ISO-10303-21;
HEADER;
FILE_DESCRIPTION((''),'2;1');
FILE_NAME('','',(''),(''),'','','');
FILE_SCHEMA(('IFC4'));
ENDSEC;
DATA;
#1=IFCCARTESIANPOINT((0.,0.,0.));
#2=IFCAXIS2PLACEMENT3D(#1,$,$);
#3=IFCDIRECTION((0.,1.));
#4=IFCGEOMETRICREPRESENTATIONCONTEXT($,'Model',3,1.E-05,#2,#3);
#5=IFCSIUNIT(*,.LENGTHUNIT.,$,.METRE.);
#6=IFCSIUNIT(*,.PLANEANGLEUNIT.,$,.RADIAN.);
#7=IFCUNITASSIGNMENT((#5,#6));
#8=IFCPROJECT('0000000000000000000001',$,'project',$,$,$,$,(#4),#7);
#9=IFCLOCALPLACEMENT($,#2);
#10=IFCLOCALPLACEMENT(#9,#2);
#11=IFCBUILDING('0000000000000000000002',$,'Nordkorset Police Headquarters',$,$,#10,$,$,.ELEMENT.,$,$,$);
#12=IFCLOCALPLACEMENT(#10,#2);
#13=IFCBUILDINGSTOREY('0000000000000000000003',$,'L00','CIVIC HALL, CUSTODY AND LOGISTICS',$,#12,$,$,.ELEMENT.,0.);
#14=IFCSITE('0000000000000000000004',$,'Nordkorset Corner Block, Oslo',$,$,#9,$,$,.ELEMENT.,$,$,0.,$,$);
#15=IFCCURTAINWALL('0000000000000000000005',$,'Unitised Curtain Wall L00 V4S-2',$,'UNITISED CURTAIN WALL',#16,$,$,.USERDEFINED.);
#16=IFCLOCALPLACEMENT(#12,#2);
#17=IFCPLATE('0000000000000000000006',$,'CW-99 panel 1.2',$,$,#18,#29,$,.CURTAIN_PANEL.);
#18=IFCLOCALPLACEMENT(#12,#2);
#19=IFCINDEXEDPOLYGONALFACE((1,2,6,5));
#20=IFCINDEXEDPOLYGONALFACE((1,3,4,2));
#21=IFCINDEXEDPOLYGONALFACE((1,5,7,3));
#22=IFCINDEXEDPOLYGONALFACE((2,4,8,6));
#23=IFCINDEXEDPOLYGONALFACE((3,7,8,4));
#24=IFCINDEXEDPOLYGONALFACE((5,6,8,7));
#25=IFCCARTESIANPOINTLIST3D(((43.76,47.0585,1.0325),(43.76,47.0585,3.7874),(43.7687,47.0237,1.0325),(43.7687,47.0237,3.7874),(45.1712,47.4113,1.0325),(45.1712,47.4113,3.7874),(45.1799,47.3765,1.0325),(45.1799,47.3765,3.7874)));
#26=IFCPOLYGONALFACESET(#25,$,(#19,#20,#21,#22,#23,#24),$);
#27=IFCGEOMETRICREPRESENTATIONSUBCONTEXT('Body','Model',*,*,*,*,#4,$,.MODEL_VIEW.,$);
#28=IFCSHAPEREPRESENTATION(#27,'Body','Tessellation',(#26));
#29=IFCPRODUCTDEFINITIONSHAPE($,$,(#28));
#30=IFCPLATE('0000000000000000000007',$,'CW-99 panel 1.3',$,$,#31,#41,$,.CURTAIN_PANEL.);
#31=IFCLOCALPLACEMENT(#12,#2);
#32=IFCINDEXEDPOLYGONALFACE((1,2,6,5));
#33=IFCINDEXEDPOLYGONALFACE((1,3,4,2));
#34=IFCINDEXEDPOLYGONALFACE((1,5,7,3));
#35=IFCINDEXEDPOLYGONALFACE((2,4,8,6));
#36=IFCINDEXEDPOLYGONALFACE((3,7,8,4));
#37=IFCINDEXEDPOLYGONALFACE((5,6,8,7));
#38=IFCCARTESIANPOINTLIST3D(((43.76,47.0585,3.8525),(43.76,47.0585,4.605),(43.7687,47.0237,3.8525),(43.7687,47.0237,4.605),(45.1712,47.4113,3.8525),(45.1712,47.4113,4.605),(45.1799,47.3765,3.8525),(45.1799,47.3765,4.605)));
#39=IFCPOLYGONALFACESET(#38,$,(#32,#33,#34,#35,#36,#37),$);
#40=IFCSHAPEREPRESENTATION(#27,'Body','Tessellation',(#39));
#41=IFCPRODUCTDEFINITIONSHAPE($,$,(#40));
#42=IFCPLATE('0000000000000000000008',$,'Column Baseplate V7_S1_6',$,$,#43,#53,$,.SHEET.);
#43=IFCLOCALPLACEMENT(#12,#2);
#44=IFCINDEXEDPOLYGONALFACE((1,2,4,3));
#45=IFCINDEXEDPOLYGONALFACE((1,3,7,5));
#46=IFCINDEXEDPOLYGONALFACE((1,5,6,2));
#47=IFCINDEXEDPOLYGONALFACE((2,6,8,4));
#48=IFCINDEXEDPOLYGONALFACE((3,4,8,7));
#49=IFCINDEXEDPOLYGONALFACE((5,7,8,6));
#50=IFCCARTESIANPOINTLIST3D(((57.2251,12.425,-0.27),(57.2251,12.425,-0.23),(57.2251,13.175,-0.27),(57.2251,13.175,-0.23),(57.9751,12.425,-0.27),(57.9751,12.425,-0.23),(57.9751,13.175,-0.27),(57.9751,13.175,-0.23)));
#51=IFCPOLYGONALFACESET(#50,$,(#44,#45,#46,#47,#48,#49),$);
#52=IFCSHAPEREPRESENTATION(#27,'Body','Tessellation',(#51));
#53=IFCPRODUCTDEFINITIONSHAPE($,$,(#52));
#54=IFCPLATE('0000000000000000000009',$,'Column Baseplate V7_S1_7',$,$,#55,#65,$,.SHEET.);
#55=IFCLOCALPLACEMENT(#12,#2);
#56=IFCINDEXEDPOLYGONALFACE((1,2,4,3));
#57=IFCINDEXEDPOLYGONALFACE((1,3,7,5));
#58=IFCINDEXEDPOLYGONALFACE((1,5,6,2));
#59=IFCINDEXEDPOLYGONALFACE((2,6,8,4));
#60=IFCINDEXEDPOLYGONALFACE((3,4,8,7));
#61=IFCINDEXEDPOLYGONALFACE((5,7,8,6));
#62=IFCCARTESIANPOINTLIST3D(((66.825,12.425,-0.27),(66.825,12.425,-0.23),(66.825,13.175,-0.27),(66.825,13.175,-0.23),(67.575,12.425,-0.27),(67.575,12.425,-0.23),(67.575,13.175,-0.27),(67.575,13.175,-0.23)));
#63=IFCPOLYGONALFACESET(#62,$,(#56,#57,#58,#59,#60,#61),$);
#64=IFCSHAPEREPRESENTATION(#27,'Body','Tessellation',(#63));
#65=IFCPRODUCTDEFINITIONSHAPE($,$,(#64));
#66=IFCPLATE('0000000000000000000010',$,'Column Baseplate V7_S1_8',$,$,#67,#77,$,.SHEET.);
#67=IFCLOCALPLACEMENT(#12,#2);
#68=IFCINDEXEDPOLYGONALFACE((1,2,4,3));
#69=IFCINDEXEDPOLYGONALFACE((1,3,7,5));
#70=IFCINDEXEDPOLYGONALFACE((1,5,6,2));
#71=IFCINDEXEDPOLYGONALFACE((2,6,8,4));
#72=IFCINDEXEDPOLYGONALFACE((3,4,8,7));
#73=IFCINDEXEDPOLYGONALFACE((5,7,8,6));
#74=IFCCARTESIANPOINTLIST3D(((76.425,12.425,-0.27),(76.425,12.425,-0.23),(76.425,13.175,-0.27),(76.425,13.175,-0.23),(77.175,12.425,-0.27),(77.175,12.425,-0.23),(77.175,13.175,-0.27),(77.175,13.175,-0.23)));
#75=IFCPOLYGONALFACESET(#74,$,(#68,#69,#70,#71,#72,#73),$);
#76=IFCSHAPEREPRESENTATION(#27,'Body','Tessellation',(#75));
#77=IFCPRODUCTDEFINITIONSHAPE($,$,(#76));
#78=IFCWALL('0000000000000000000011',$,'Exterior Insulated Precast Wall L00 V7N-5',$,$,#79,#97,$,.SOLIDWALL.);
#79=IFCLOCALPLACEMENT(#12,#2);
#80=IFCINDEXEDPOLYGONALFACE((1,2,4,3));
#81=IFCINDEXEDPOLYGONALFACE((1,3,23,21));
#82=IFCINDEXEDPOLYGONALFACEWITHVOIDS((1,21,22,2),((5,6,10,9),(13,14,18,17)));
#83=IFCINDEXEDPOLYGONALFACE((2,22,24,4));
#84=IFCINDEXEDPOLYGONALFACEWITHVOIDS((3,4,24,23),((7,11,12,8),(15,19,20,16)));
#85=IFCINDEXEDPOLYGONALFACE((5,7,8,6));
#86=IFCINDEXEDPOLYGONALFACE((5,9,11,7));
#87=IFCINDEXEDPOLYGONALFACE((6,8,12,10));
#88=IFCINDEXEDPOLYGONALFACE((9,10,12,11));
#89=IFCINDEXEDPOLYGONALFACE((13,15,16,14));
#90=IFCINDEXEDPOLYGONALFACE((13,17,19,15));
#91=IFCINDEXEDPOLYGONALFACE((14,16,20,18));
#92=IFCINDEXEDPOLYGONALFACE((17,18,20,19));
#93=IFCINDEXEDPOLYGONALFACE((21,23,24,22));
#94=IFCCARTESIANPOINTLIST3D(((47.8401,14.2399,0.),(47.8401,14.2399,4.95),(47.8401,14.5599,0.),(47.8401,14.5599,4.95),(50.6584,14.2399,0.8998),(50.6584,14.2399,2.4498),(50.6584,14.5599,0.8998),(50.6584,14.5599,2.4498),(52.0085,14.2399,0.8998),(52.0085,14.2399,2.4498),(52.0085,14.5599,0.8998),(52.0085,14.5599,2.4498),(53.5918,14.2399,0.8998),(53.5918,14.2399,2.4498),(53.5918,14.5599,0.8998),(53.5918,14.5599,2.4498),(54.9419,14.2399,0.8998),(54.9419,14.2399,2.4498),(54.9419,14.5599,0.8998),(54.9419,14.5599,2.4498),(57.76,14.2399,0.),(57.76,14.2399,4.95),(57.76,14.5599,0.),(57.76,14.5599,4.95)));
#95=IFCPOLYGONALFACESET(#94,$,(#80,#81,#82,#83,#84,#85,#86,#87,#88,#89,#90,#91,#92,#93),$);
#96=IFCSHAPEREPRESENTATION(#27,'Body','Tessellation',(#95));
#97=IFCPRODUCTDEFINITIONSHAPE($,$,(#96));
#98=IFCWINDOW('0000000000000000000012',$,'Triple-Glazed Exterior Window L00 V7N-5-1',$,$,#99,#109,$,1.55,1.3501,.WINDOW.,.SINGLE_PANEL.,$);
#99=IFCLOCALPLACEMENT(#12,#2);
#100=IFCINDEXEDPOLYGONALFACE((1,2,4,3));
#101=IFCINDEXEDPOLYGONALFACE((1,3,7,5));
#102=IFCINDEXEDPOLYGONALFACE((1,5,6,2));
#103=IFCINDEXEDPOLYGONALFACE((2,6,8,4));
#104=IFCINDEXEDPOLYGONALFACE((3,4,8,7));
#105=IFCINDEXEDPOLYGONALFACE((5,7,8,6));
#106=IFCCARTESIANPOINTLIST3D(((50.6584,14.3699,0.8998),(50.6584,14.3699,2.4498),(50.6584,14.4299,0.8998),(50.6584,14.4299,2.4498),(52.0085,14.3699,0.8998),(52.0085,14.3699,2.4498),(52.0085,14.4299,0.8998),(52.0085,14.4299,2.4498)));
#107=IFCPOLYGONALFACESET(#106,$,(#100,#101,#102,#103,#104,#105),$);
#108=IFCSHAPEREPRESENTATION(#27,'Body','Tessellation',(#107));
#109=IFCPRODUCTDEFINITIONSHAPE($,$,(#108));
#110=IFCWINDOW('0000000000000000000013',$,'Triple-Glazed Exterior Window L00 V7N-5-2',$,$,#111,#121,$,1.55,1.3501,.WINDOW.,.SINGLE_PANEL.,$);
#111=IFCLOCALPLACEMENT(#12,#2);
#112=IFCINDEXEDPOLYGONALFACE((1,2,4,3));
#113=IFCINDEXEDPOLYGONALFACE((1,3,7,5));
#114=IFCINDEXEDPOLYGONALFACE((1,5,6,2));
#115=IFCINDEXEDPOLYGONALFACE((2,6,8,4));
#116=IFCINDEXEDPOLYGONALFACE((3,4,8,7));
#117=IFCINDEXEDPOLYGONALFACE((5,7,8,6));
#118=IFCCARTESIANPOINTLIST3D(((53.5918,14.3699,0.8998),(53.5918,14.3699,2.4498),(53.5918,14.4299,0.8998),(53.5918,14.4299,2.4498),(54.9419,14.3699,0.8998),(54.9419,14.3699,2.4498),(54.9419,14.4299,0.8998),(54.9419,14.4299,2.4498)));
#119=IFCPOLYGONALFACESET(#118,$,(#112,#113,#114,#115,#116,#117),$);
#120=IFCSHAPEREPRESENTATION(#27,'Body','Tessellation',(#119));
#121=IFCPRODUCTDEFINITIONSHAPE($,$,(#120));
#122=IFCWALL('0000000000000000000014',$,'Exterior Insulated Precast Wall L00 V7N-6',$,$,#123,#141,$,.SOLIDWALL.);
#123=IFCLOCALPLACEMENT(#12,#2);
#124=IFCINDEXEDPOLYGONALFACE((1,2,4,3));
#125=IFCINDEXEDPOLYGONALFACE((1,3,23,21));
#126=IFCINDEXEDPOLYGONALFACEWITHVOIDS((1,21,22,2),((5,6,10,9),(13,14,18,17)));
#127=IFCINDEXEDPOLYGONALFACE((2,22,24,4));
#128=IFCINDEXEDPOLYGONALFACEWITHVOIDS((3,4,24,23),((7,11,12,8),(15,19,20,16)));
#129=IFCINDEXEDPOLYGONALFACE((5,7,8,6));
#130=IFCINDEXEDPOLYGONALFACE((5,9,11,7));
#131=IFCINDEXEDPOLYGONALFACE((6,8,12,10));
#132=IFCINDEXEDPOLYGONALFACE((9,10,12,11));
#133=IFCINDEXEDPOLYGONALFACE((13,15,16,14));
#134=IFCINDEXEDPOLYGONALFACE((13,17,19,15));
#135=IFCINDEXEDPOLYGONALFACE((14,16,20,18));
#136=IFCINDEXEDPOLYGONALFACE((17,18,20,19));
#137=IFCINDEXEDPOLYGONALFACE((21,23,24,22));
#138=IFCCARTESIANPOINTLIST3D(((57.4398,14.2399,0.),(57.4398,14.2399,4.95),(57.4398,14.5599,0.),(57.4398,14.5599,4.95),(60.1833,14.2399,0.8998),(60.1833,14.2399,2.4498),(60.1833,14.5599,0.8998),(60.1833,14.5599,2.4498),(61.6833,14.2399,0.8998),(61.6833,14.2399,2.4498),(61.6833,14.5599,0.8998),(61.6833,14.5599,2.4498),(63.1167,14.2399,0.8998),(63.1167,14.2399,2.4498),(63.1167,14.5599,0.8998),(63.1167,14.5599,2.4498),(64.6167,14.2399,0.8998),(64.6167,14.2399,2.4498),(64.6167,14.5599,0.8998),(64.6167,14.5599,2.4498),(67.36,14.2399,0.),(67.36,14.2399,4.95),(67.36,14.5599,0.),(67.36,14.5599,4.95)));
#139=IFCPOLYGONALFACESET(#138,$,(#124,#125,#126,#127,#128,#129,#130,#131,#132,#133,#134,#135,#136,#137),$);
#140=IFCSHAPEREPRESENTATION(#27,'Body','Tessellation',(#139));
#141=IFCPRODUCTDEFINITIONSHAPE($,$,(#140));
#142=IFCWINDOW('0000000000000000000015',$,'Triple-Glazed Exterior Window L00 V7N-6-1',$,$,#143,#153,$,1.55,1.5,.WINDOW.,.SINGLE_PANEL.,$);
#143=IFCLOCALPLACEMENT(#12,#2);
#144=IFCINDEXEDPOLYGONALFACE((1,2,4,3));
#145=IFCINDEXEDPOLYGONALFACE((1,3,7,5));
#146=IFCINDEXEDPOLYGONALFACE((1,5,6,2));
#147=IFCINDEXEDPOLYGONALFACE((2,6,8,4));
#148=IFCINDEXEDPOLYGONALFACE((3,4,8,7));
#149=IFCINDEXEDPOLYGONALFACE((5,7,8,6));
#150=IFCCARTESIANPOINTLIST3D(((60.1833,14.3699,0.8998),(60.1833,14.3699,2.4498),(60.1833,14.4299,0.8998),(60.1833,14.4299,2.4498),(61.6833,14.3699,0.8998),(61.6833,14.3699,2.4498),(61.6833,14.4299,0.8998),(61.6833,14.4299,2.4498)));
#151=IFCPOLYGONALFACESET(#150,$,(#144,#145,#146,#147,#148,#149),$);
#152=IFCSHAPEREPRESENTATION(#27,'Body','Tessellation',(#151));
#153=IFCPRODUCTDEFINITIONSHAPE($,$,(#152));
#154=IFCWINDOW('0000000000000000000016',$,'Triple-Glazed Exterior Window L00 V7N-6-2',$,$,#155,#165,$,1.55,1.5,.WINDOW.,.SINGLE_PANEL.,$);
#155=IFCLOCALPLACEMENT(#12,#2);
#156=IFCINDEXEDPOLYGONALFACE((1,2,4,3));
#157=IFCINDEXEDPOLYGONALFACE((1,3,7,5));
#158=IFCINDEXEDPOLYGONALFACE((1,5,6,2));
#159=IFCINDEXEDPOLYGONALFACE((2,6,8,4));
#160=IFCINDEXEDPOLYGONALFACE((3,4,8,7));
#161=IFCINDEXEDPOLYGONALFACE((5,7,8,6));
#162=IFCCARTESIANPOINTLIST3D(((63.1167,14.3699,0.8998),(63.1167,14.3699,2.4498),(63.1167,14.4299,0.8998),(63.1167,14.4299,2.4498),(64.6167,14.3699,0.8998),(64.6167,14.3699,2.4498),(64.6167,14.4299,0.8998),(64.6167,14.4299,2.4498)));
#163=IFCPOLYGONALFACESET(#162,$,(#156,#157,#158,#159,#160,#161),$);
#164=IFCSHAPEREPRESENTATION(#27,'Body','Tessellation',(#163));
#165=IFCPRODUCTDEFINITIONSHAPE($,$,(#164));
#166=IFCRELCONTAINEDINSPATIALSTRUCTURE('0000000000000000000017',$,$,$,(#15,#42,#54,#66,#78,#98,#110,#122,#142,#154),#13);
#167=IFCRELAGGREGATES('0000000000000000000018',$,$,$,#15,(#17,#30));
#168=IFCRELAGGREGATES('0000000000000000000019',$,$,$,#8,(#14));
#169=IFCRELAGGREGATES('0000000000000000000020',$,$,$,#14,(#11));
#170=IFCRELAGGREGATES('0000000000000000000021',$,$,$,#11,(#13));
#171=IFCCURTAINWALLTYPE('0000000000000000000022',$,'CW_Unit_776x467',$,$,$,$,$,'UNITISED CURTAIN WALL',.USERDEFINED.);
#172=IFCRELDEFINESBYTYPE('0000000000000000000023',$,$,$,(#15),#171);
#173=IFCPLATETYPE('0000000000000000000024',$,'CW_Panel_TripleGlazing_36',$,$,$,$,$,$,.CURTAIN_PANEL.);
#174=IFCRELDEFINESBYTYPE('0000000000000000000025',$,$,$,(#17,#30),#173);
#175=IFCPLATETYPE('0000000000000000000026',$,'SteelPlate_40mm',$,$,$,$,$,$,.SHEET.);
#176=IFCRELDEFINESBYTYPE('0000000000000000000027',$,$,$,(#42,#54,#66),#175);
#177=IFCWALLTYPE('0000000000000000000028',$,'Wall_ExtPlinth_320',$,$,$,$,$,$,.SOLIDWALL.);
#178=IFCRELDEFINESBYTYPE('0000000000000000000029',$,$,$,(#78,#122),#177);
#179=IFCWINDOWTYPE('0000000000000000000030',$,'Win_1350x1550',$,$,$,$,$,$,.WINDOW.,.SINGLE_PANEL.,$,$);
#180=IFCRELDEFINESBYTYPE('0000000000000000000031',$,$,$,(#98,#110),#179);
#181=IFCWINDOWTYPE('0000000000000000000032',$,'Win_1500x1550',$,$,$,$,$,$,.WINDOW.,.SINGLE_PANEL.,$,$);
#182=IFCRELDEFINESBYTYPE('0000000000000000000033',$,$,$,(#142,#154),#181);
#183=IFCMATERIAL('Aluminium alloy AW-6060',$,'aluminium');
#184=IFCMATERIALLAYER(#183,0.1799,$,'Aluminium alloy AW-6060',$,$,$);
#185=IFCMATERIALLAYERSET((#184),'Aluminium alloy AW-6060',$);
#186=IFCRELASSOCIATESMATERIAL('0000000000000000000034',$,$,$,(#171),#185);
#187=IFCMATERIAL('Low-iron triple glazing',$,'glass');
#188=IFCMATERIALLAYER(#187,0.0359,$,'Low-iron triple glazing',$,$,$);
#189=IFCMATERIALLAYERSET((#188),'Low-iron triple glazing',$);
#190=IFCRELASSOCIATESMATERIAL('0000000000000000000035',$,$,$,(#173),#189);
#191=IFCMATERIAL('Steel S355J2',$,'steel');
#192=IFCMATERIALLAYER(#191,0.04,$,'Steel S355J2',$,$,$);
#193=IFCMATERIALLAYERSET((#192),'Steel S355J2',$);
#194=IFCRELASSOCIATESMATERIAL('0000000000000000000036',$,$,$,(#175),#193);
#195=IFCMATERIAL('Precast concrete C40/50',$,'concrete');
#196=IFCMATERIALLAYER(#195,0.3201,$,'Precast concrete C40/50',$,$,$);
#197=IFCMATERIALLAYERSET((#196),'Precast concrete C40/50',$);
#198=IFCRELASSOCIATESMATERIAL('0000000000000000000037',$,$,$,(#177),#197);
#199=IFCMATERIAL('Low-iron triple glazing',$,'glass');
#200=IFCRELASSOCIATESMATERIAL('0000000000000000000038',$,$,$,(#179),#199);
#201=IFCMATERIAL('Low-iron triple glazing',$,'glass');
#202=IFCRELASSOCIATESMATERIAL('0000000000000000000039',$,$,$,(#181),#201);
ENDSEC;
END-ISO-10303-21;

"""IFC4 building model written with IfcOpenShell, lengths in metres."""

from ifc_helpers import new_model, si_unit, direction, frame, frame_2d, origin, origin_2d, place, context, subcontext, project, spatial, rectangle, extrude, material, layer, layer_set, type_object, element, fill, aggregate, save


model = new_model("IFC4")

# Units and contexts
model_context = context("Model", 3, precision=1e-05, world=origin(), true_north=direction((0.0, 1.0)))
body_context = subcontext(model_context, "Body", "Model", "MODEL_VIEW")
ifc_project = project(units=[si_unit("LENGTHUNIT", "METRE"), si_unit("PLANEANGLEUNIT", "RADIAN")], contexts=[model_context])

# Site, building, storey
site_placement = place(None, origin())
site = spatial("IfcSite", under=ifc_project, at=site_placement, Name="Nordkorset Corner Block, Oslo", CompositionType="ELEMENT", RefElevation=0.0)
building_placement = place(site_placement, origin())
building = spatial("IfcBuilding", under=site, at=building_placement, Name="Nordkorset Police Headquarters", CompositionType="ELEMENT")
storey_placement = place(building_placement, origin())
storey = spatial("IfcBuildingStorey", under=building, at=storey_placement, Name="L00", Description="CIVIC HALL, CUSTODY AND LOGISTICS", CompositionType="ELEMENT", Elevation=0.0)

# Curtain wall
ifc_material_1 = material(Name="Aluminium alloy AW-6060", Category="aluminium")
ifc_layer_1 = layer(ifc_material_1, 0.1799, Name="Aluminium alloy AW-6060")
ifc_layer_set_1 = layer_set([ifc_layer_1], Name="Aluminium alloy AW-6060")
curtain_wall_type = type_object("IfcCurtainWallType", Name="CW_Unit_776x467", ElementType="UNITISED CURTAIN WALL", PredefinedType="USERDEFINED", material=ifc_layer_set_1)
curtain_wall_placement = place(storey_placement, origin())
curtain_wall = element("IfcCurtainWall", 1, at=curtain_wall_placement, inside=storey, type_object=curtain_wall_type, Name="Unitised Curtain Wall L00 V4S-2", ObjectType="UNITISED CURTAIN WALL", PredefinedType="USERDEFINED")

# Plates
ifc_material_2 = material(Name="Low-iron triple glazing", Category="glass")
ifc_layer_2 = layer(ifc_material_2, 0.0359, Name="Low-iron triple glazing")
ifc_layer_set_2 = layer_set([ifc_layer_2], Name="Low-iron triple glazing")
plate_type_1 = type_object("IfcPlateType", Name="CW_Panel_TripleGlazing_36", PredefinedType="CURTAIN_PANEL", material=ifc_layer_set_2)
plate_1_placement = place(storey_placement, frame((44.47, 47.2175, 1.0325), z_axis=(0.0, 0.0, 1.0), x_axis=(0.970143, 0.242535, 0.0)))
plate_1 = element("IfcPlate", 2, at=plate_1_placement, type_object=plate_type_1, Name="CW-99 panel 1.2", PredefinedType="CURTAIN_PANEL", context=body_context, shape_type="SweptSolid", body=[
    extrude(rectangle(XDim=1.4546, YDim=0.0359, at=origin_2d()), origin(), (0.0, 0.0, 1.0), 2.7549),
])
plate_2_placement = place(storey_placement, frame((44.47, 47.2175, 3.8525), z_axis=(0.0, 0.0, 1.0), x_axis=(0.970143, 0.242535, 0.0)))
plate_2 = element("IfcPlate", 3, at=plate_2_placement, type_object=plate_type_1, Name="CW-99 panel 1.3", PredefinedType="CURTAIN_PANEL", context=body_context, shape_type="SweptSolid", body=[
    extrude(rectangle(XDim=1.4546, YDim=0.0359, at=origin_2d()), origin(), (0.0, 0.0, 1.0), 0.7524),
])
aggregate(curtain_wall, [plate_1, plate_2])

# Plates
ifc_material_3 = material(Name="Steel S355J2", Category="steel")
ifc_layer_3 = layer(ifc_material_3, 0.04, Name="Steel S355J2")
ifc_layer_set_3 = layer_set([ifc_layer_3], Name="Steel S355J2")
plate_type_2 = type_object("IfcPlateType", Name="SteelPlate_40mm", PredefinedType="SHEET", material=ifc_layer_set_3)
for number, where, z_axis, x_axis, name in (
    (4, (57.6001, 12.8, -0.27), (0.0, 0.0, 1.0), (1.0, 0.0, 0.0), "Column Baseplate V7_S1_6"),
    (5, (67.2, 12.8, -0.27), (0.0, 0.0, 1.0), (1.0, 0.0, 0.0), "Column Baseplate V7_S1_7"),
    (6, (76.8, 12.8, -0.27), (0.0, 0.0, 1.0), (1.0, 0.0, 0.0), "Column Baseplate V7_S1_8"),
):
    element("IfcPlate", number, at=place(storey_placement, frame(where, z_axis=z_axis, x_axis=x_axis)), inside=storey, type_object=plate_type_2, Name=name, PredefinedType="SHEET", context=body_context, shape_type="SweptSolid", body=[
        extrude(rectangle(XDim=0.75, YDim=0.75, at=origin_2d()), origin(), (0.0, 0.0, 1.0), 0.04),
    ])

# Walls, openings, windows
ifc_material_4 = material(Name="Precast concrete C40/50", Category="concrete")
ifc_layer_4 = layer(ifc_material_4, 0.3201, Name="Precast concrete C40/50")
ifc_layer_set_4 = layer_set([ifc_layer_4], Name="Precast concrete C40/50")
wall_type = type_object("IfcWallType", Name="Wall_ExtPlinth_320", PredefinedType="SOLIDWALL", material=ifc_layer_set_4)
wall_1_placement = place(storey_placement, frame((47.8401, 14.3999, 0.0), z_axis=(0.0, 0.0, 1.0), x_axis=(1.0, 0.0, 0.0)))
wall_1 = element("IfcWall", 7, at=wall_1_placement, inside=storey, type_object=wall_type, Name="Exterior Insulated Precast Wall L00 V7N-5", PredefinedType="SOLIDWALL", context=body_context, shape_type="SweptSolid", body=[
    extrude(rectangle(XDim=9.9199, YDim=0.3201, at=frame_2d((4.96, 0.0))), origin(), (0.0, 0.0, 1.0), 4.95),
])
opening_1_placement = place(wall_1_placement, frame((2.8184, 0.0, 0.8999)))
opening_1 = element("IfcOpeningElement", 8, at=opening_1_placement, cuts=wall_1, PredefinedType="OPENING", context=body_context, shape_type="SweptSolid", body=[
    extrude(rectangle(XDim=1.3501, YDim=1.55, at=frame_2d((0.675, 0.7749))), frame((0.0, 0.1699, 0.0), z_axis=(0.0, -1.0, 0.0), x_axis=(1.0, 0.0, 0.0)), (0.0, 0.0, 1.0), 0.3401),
])
opening_2_placement = place(wall_1_placement, frame((5.7517, 0.0, 0.8999)))
opening_2 = element("IfcOpeningElement", 9, at=opening_2_placement, cuts=wall_1, PredefinedType="OPENING", context=body_context, shape_type="SweptSolid", body=[
    extrude(rectangle(XDim=1.3501, YDim=1.55, at=frame_2d((0.675, 0.7749))), frame((0.0, 0.1699, 0.0), z_axis=(0.0, -1.0, 0.0), x_axis=(1.0, 0.0, 0.0)), (0.0, 0.0, 1.0), 0.3401),
])
ifc_material_5 = material(Name="Low-iron triple glazing", Category="glass")
window_type_1 = type_object("IfcWindowType", Name="Win_1350x1550", PartitioningType="SINGLE_PANEL", PredefinedType="WINDOW", material=ifc_material_5)
window_1_placement = place(opening_1_placement, origin())
window_1 = element("IfcWindow", 10, at=window_1_placement, inside=storey, type_object=window_type_1, Name="Triple-Glazed Exterior Window L00 V7N-5-1", OverallHeight=1.55, OverallWidth=1.3501, PartitioningType="SINGLE_PANEL", PredefinedType="WINDOW", context=body_context, shape_type="SweptSolid", body=[
    extrude(rectangle(XDim=1.3501, YDim=1.55, at=frame_2d((0.675, 0.7749))), frame((0.0, 0.03, 0.0), z_axis=(0.0, -1.0, 0.0), x_axis=(1.0, 0.0, 0.0)), (0.0, 0.0, 1.0), 0.0601),
])
fill(opening_1, window_1)
window_2_placement = place(opening_2_placement, origin())
window_2 = element("IfcWindow", 11, at=window_2_placement, inside=storey, type_object=window_type_1, Name="Triple-Glazed Exterior Window L00 V7N-5-2", OverallHeight=1.55, OverallWidth=1.3501, PartitioningType="SINGLE_PANEL", PredefinedType="WINDOW", context=body_context, shape_type="SweptSolid", body=[
    extrude(rectangle(XDim=1.3501, YDim=1.55, at=frame_2d((0.675, 0.7749))), frame((0.0, 0.03, 0.0), z_axis=(0.0, -1.0, 0.0), x_axis=(1.0, 0.0, 0.0)), (0.0, 0.0, 1.0), 0.0601),
])
fill(opening_2, window_2)
wall_2_placement = place(storey_placement, frame((57.4399, 14.3999, 0.0), z_axis=(0.0, 0.0, 1.0), x_axis=(1.0, 0.0, 0.0)))
wall_2 = element("IfcWall", 12, at=wall_2_placement, inside=storey, type_object=wall_type, Name="Exterior Insulated Precast Wall L00 V7N-6", PredefinedType="SOLIDWALL", context=body_context, shape_type="SweptSolid", body=[
    extrude(rectangle(XDim=9.9202, YDim=0.3201, at=frame_2d((4.96, 0.0))), origin(), (0.0, 0.0, 1.0), 4.95),
])
opening_3_placement = place(wall_2_placement, frame((2.7434, 0.0, 0.8999)))
opening_3 = element("IfcOpeningElement", 13, at=opening_3_placement, cuts=wall_2, PredefinedType="OPENING", context=body_context, shape_type="SweptSolid", body=[
    extrude(rectangle(XDim=1.5, YDim=1.55, at=frame_2d((0.75, 0.7749))), frame((0.0, 0.1699, 0.0), z_axis=(0.0, -1.0, 0.0), x_axis=(1.0, 0.0, 0.0)), (0.0, 0.0, 1.0), 0.3401),
])
opening_4_placement = place(wall_2_placement, frame((5.6768, 0.0, 0.8999)))
opening_4 = element("IfcOpeningElement", 14, at=opening_4_placement, cuts=wall_2, PredefinedType="OPENING", context=body_context, shape_type="SweptSolid", body=[
    extrude(rectangle(XDim=1.5, YDim=1.55, at=frame_2d((0.75, 0.7749))), frame((0.0, 0.1699, 0.0), z_axis=(0.0, -1.0, 0.0), x_axis=(1.0, 0.0, 0.0)), (0.0, 0.0, 1.0), 0.3401),
])
ifc_material_6 = material(Name="Low-iron triple glazing", Category="glass")
window_type_2 = type_object("IfcWindowType", Name="Win_1500x1550", PartitioningType="SINGLE_PANEL", PredefinedType="WINDOW", material=ifc_material_6)
window_3_placement = place(opening_3_placement, origin())
window_3 = element("IfcWindow", 15, at=window_3_placement, inside=storey, type_object=window_type_2, Name="Triple-Glazed Exterior Window L00 V7N-6-1", OverallHeight=1.55, OverallWidth=1.5, PartitioningType="SINGLE_PANEL", PredefinedType="WINDOW", context=body_context, shape_type="SweptSolid", body=[
    extrude(rectangle(XDim=1.5, YDim=1.55, at=frame_2d((0.75, 0.7749))), frame((0.0, 0.03, 0.0), z_axis=(0.0, -1.0, 0.0), x_axis=(1.0, 0.0, 0.0)), (0.0, 0.0, 1.0), 0.0601),
])
fill(opening_3, window_3)
window_4_placement = place(opening_4_placement, origin())
window_4 = element("IfcWindow", 16, at=window_4_placement, inside=storey, type_object=window_type_2, Name="Triple-Glazed Exterior Window L00 V7N-6-2", OverallHeight=1.55, OverallWidth=1.5, PartitioningType="SINGLE_PANEL", PredefinedType="WINDOW", context=body_context, shape_type="SweptSolid", body=[
    extrude(rectangle(XDim=1.5, YDim=1.55, at=frame_2d((0.75, 0.7749))), frame((0.0, 0.03, 0.0), z_axis=(0.0, -1.0, 0.0), x_axis=(1.0, 0.0, 0.0)), (0.0, 0.0, 1.0), 0.0601),
])
fill(opening_4, window_4)

save(model, "model.ifc")
